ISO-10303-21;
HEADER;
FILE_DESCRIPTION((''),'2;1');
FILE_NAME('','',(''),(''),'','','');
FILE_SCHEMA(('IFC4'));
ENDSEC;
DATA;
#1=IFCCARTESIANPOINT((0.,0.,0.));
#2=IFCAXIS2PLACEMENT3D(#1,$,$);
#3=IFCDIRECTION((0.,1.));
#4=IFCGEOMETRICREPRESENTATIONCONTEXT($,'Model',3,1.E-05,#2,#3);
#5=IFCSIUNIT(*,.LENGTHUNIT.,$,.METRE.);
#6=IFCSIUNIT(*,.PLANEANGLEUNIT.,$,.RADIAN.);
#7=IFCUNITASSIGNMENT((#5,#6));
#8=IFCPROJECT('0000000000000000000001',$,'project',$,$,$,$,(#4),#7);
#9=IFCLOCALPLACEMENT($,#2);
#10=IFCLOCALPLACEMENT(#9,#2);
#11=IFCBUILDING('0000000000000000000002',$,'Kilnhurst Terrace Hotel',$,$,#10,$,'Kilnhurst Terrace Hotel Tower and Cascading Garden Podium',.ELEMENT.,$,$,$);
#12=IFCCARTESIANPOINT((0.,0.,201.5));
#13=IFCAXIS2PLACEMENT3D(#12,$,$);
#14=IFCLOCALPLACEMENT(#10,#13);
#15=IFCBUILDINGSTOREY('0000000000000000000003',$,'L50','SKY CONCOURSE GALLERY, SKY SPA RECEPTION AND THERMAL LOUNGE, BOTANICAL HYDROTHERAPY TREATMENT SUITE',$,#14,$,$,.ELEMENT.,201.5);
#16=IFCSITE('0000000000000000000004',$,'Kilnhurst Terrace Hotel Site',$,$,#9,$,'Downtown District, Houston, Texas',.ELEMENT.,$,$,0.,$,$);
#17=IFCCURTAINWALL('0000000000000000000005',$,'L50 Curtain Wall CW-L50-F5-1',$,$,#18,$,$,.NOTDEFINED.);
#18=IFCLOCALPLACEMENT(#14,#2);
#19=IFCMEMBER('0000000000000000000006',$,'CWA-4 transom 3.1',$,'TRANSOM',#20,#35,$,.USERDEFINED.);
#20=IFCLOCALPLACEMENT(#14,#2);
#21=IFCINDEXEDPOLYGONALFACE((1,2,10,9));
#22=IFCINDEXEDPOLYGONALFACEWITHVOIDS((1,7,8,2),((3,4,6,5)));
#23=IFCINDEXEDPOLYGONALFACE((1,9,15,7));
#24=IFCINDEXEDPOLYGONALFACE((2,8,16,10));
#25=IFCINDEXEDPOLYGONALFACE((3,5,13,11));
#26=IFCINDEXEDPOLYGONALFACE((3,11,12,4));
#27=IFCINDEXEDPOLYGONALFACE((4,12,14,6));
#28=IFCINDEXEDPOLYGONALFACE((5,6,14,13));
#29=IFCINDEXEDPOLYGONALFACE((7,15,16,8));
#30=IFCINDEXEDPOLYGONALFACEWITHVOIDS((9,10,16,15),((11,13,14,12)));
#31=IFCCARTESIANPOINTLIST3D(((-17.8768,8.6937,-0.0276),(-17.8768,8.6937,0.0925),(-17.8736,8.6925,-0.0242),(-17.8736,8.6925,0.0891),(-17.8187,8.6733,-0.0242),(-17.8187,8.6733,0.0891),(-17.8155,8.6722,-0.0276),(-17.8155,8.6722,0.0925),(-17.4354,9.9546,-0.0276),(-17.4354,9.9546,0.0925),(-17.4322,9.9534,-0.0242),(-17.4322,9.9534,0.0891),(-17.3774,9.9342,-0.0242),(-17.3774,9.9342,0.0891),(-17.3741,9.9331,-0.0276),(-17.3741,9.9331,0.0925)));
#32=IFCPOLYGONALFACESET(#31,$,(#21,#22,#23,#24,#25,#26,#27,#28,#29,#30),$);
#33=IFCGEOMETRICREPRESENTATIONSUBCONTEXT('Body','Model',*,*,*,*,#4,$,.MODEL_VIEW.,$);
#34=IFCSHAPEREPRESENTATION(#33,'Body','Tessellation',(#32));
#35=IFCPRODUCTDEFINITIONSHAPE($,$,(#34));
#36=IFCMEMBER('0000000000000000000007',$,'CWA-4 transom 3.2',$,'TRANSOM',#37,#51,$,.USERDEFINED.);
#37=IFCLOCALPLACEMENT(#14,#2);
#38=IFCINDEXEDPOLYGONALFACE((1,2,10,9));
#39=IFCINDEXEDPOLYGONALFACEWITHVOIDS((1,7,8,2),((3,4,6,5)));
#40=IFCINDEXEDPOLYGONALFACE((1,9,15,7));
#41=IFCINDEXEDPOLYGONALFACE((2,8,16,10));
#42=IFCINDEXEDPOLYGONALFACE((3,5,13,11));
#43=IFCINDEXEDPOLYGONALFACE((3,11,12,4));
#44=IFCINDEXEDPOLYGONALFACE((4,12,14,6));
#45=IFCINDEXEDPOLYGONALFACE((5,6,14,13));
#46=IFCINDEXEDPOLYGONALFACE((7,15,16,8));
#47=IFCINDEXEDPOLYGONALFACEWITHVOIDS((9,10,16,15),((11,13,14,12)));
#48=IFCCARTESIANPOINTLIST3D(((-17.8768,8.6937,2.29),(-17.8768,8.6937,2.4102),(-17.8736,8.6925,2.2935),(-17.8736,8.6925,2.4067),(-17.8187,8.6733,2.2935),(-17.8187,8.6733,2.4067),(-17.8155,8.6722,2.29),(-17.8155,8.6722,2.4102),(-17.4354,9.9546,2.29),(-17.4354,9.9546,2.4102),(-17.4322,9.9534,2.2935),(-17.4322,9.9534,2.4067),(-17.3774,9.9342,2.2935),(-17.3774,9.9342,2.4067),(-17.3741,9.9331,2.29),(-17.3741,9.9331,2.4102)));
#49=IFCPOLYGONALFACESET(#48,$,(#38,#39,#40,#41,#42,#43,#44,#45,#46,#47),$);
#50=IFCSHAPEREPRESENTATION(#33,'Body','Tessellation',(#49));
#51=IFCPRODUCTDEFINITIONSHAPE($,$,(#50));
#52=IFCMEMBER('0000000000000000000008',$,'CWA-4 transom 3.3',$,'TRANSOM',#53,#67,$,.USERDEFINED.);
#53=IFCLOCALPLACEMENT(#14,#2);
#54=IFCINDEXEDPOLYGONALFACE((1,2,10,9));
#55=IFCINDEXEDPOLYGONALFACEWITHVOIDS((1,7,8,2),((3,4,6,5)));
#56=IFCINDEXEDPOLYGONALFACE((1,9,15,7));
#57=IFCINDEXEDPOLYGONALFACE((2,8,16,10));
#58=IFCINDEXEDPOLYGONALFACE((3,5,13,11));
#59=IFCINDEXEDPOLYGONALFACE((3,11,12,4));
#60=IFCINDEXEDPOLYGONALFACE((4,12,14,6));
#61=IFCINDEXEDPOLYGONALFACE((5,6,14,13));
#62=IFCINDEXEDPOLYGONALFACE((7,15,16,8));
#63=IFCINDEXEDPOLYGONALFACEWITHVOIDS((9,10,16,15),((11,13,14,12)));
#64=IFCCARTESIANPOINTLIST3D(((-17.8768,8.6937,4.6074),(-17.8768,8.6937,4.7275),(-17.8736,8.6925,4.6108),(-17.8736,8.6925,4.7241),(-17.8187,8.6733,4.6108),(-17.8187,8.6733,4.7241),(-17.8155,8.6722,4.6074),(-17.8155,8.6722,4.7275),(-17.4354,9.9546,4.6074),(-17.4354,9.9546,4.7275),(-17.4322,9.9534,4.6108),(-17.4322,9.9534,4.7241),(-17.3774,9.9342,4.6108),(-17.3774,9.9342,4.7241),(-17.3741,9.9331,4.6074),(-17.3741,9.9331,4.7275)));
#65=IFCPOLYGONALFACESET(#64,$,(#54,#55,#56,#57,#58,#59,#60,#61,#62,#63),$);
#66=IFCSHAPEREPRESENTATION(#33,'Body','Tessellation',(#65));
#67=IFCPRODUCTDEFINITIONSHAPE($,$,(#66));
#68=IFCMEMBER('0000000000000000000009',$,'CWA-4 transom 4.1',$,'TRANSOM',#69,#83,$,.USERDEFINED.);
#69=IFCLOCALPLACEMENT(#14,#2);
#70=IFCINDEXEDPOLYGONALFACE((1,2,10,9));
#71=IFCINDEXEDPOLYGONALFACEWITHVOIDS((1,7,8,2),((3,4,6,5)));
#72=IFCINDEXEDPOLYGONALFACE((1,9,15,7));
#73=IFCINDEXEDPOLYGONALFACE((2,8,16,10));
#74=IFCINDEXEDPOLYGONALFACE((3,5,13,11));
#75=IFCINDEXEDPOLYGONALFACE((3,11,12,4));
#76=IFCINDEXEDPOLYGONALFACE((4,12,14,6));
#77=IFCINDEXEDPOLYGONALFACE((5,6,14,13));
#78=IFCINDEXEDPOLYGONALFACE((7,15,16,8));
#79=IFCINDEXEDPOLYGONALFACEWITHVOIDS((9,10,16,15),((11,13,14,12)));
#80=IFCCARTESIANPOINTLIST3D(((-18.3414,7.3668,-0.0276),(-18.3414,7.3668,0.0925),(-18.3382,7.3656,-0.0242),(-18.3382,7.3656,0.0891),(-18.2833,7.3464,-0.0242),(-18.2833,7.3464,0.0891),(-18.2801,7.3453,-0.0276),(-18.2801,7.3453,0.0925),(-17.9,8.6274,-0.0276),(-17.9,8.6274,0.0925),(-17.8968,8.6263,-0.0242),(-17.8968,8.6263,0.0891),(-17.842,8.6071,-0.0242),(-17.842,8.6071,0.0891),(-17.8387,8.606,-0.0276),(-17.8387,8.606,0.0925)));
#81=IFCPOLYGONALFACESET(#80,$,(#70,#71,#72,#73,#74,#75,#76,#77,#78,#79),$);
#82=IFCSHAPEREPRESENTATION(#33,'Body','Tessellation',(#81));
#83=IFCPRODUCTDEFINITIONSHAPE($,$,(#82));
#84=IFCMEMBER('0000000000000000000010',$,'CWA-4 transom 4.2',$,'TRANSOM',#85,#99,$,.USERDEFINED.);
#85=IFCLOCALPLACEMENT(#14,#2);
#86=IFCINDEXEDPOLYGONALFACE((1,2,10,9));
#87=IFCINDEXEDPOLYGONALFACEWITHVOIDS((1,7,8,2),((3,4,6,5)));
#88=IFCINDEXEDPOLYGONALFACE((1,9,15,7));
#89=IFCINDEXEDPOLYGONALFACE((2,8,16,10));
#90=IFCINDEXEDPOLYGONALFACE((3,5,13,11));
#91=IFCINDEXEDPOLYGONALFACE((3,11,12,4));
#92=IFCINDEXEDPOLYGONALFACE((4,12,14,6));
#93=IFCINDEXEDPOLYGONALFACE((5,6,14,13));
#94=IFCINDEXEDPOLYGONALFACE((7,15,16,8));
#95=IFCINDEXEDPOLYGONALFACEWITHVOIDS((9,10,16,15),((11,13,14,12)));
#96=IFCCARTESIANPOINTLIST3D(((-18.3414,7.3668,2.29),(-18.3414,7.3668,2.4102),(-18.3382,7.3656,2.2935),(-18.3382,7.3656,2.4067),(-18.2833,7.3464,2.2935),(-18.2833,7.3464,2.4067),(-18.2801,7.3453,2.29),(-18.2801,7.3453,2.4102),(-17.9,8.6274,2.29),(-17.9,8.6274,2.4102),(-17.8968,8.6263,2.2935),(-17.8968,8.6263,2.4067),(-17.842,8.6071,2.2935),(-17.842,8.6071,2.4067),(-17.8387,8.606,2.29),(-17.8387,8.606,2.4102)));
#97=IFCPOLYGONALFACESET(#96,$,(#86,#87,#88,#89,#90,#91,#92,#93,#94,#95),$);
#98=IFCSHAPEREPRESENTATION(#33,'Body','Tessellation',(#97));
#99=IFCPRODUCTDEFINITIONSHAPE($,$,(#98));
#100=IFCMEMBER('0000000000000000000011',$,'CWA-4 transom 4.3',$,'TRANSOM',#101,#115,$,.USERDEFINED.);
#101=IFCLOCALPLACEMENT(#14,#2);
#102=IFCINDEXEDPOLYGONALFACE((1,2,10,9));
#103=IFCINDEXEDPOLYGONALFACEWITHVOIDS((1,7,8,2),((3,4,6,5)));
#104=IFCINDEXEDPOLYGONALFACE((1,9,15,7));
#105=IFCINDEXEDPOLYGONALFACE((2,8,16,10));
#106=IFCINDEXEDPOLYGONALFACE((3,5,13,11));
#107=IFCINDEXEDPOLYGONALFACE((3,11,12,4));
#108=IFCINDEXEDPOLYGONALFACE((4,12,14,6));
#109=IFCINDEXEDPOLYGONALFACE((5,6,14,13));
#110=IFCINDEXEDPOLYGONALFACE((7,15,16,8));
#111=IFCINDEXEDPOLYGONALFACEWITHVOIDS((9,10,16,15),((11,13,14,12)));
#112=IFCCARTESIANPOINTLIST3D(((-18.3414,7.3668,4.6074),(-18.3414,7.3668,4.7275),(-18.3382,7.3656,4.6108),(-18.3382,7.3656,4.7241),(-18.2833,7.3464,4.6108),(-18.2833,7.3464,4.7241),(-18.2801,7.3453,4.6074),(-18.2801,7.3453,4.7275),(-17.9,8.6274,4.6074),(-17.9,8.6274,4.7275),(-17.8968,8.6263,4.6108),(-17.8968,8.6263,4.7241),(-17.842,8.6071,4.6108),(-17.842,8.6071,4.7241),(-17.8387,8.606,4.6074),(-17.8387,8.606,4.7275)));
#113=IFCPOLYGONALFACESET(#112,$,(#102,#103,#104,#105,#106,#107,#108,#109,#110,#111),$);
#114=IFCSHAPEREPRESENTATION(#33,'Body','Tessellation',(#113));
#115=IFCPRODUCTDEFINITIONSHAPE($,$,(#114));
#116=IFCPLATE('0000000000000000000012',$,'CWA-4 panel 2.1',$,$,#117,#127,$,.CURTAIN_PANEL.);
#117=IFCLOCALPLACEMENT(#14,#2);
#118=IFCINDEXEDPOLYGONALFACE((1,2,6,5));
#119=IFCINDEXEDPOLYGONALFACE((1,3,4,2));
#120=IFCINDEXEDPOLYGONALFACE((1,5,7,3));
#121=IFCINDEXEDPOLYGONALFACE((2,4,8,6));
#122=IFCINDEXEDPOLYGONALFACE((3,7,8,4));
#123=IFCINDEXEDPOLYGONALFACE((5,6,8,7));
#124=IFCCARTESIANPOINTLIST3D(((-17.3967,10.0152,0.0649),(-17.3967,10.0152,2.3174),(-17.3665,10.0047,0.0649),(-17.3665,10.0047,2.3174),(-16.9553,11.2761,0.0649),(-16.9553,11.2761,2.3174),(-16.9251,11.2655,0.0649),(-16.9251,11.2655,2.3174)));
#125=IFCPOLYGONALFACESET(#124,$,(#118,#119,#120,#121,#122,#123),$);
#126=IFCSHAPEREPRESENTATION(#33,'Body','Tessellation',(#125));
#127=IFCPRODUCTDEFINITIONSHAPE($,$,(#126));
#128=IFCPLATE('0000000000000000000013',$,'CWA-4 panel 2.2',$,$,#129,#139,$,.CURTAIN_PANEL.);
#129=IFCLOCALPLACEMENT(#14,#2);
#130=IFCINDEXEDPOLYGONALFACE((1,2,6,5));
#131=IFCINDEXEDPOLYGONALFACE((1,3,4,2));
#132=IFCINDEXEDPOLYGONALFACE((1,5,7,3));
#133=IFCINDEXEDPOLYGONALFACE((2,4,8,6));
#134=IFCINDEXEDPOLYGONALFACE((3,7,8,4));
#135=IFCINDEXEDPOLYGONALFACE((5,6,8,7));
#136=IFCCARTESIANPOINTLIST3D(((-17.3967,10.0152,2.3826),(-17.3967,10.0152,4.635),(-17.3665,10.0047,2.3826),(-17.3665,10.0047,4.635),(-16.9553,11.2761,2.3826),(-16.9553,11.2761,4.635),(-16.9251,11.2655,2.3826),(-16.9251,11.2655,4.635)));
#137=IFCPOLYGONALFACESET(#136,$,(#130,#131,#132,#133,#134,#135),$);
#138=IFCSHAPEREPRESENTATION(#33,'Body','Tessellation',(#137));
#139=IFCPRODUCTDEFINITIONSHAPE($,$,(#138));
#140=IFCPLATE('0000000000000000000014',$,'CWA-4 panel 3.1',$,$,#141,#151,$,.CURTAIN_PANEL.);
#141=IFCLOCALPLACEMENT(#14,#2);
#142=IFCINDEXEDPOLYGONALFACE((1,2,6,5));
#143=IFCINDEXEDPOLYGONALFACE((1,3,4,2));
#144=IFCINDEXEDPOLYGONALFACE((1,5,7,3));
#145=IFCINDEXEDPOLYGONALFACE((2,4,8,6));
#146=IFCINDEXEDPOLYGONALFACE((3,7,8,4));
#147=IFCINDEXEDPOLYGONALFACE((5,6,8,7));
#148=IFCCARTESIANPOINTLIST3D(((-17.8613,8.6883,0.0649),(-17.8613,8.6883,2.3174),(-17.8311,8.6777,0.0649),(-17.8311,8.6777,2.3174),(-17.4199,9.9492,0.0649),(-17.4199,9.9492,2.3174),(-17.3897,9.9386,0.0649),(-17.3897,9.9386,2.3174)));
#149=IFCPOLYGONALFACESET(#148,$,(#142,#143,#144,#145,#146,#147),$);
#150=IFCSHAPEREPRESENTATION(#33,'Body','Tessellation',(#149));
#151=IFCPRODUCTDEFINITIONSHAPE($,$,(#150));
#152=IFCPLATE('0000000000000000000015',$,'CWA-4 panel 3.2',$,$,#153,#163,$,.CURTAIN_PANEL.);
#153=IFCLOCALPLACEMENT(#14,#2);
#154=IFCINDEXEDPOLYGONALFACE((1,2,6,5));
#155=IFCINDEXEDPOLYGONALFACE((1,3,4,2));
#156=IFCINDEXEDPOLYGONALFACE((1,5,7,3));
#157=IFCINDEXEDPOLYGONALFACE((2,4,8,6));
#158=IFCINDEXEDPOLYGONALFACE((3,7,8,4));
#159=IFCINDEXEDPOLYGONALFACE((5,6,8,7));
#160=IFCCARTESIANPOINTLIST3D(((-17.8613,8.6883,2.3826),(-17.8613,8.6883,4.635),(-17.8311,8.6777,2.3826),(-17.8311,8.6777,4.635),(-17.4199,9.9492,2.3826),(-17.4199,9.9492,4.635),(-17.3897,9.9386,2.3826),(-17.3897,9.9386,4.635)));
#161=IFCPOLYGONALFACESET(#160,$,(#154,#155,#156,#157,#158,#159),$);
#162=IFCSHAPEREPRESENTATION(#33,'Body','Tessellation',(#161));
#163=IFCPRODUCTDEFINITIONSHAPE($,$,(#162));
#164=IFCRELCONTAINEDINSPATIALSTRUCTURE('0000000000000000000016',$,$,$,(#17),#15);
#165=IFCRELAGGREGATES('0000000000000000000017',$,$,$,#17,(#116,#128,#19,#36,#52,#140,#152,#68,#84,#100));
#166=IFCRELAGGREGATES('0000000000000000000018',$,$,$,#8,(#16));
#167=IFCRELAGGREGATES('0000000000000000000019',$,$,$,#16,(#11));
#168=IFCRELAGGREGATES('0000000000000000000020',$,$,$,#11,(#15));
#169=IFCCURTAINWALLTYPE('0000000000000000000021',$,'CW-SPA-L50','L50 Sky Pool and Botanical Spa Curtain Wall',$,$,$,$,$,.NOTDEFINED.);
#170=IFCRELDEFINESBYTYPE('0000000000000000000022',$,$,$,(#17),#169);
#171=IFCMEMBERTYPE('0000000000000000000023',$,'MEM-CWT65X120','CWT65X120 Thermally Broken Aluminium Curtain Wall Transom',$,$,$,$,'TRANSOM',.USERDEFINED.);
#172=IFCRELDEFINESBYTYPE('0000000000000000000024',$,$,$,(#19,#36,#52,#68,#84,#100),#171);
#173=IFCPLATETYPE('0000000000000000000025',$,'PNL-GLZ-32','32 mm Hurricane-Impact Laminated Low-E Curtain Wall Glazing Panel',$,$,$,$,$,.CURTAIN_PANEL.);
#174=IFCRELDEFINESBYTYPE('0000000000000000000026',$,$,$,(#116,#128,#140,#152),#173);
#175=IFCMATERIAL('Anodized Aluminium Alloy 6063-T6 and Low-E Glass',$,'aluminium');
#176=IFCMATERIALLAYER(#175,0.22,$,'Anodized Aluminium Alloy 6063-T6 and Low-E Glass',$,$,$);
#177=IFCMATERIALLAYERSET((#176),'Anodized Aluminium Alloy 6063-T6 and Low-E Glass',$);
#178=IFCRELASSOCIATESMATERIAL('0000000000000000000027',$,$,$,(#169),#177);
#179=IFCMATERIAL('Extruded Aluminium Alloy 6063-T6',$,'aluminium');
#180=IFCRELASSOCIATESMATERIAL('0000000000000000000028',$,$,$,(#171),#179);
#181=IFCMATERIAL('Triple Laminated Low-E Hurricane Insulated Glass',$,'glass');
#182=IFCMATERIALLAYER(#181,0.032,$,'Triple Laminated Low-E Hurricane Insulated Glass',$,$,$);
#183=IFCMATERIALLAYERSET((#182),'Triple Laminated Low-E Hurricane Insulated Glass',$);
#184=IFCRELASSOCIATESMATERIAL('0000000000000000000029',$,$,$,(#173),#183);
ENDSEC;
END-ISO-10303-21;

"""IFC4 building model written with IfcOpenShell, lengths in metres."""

from ifc_helpers import new_model, si_unit, direction, frame, origin, origin_2d, place, context, subcontext, project, spatial, rectangle, hollow_rectangle, extrude, material, layer, layer_set, material_profile, profile_set, type_object, element, aggregate, save


model = new_model("IFC4")

# Units and contexts
model_context = context("Model", 3, precision=1e-05, world=origin(), true_north=direction((0.0, 1.0)))
body_context = subcontext(model_context, "Body", "Model", "MODEL_VIEW")
ifc_project = project(units=[si_unit("LENGTHUNIT", "METRE"), si_unit("PLANEANGLEUNIT", "RADIAN")], contexts=[model_context])

# Site, building, storey
site_placement = place(None, origin())
site = spatial("IfcSite", under=ifc_project, at=site_placement, Name="Kilnhurst Terrace Hotel Site", LongName="Downtown District, Houston, Texas", CompositionType="ELEMENT", RefElevation=0.0)
building_placement = place(site_placement, origin())
building = spatial("IfcBuilding", under=site, at=building_placement, Name="Kilnhurst Terrace Hotel", LongName="Kilnhurst Terrace Hotel Tower and Cascading Garden Podium", CompositionType="ELEMENT")
storey_placement = place(building_placement, frame((0.0, 0.0, 201.5)))
storey = spatial("IfcBuildingStorey", under=building, at=storey_placement, Name="L50", Description="SKY CONCOURSE GALLERY, SKY SPA RECEPTION AND THERMAL LOUNGE, BOTANICAL HYDROTHERAPY TREATMENT SUITE", CompositionType="ELEMENT", Elevation=201.5)

# Curtain wall, members, plates
ifc_material_1 = material(Name="Anodized Aluminium Alloy 6063-T6 and Low-E Glass", Category="aluminium")
ifc_layer_1 = layer(ifc_material_1, 0.22, Name="Anodized Aluminium Alloy 6063-T6 and Low-E Glass")
ifc_layer_set_1 = layer_set([ifc_layer_1], Name="Anodized Aluminium Alloy 6063-T6 and Low-E Glass")
curtain_wall_type = type_object("IfcCurtainWallType", Name="CW-SPA-L50", Description="L50 Sky Pool and Botanical Spa Curtain Wall", PredefinedType="NOTDEFINED", material=ifc_layer_set_1)
curtain_wall_placement = place(storey_placement, origin())
curtain_wall = element("IfcCurtainWall", 1, at=curtain_wall_placement, inside=storey, type_object=curtain_wall_type, Name="L50 Curtain Wall CW-L50-F5-1", PredefinedType="NOTDEFINED")
ifc_material_2 = material(Name="Extruded Aluminium Alloy 6063-T6", Category="aluminium")
ifc_material_profile_1 = material_profile(ifc_material_2, hollow_rectangle(XDim=0.0649, YDim=0.1201, WallThickness=0.0034, at=origin_2d()), Name="CWT65X120")
ifc_profile_set_1 = profile_set([ifc_material_profile_1], Name="Extruded Aluminium Alloy 6063-T6")
member_type_1 = type_object("IfcMemberType", Name="MEM-CWT65X120", Description="CWT65X120 Thermally Broken Aluminium Curtain Wall Transom", ElementType="TRANSOM", PredefinedType="USERDEFINED", material=ifc_profile_set_1)
member_1_placement = place(storey_placement, frame((-17.4048, 9.9438, 0.0325), z_axis=(-0.330391, -0.943844, 0.0), x_axis=(0.943844, -0.330391, 0.0)))
member_1 = element("IfcMember", 2, at=member_1_placement, type_object=member_type_1, Name="CWA-4 transom 3.1", ObjectType="TRANSOM", PredefinedType="USERDEFINED", context=body_context, shape_type="SweptSolid", body=[
    extrude(hollow_rectangle(XDim=0.0649, YDim=0.1201, WallThickness=0.0034, at=origin_2d()), origin(), (0.0, 0.0, 1.0), 1.3359),
])
member_2_placement = place(storey_placement, frame((-17.4048, 9.9438, 2.3501), z_axis=(-0.330391, -0.943844, 0.0), x_axis=(0.943844, -0.330391, 0.0)))
member_2 = element("IfcMember", 3, at=member_2_placement, type_object=member_type_1, Name="CWA-4 transom 3.2", ObjectType="TRANSOM", PredefinedType="USERDEFINED", context=body_context, shape_type="SweptSolid", body=[
    extrude(hollow_rectangle(XDim=0.0649, YDim=0.1201, WallThickness=0.0034, at=origin_2d()), origin(), (0.0, 0.0, 1.0), 1.3359),
])
member_3_placement = place(storey_placement, frame((-17.4048, 9.9438, 4.6675), z_axis=(-0.330391, -0.943844, 0.0), x_axis=(0.943844, -0.330391, 0.0)))
member_3 = element("IfcMember", 4, at=member_3_placement, type_object=member_type_1, Name="CWA-4 transom 3.3", ObjectType="TRANSOM", PredefinedType="USERDEFINED", context=body_context, shape_type="SweptSolid", body=[
    extrude(hollow_rectangle(XDim=0.0649, YDim=0.1201, WallThickness=0.0034, at=origin_2d()), origin(), (0.0, 0.0, 1.0), 1.3359),
])
member_4_placement = place(storey_placement, frame((-17.8694, 8.6167, 0.0325), z_axis=(-0.330448, -0.943824, 0.0), x_axis=(0.943824, -0.330448, 0.0)))
member_4 = element("IfcMember", 5, at=member_4_placement, type_object=member_type_1, Name="CWA-4 transom 4.1", ObjectType="TRANSOM", PredefinedType="USERDEFINED", context=body_context, shape_type="SweptSolid", body=[
    extrude(hollow_rectangle(XDim=0.0649, YDim=0.1201, WallThickness=0.0034, at=origin_2d()), origin(), (0.0, 0.0, 1.0), 1.3357),
])
member_5_placement = place(storey_placement, frame((-17.8694, 8.6167, 2.3501), z_axis=(-0.330448, -0.943824, 0.0), x_axis=(0.943824, -0.330448, 0.0)))
member_5 = element("IfcMember", 6, at=member_5_placement, type_object=member_type_1, Name="CWA-4 transom 4.2", ObjectType="TRANSOM", PredefinedType="USERDEFINED", context=body_context, shape_type="SweptSolid", body=[
    extrude(hollow_rectangle(XDim=0.0649, YDim=0.1201, WallThickness=0.0034, at=origin_2d()), origin(), (0.0, 0.0, 1.0), 1.3357),
])
member_6_placement = place(storey_placement, frame((-17.8694, 8.6167, 4.6675), z_axis=(-0.330448, -0.943824, 0.0), x_axis=(0.943824, -0.330448, 0.0)))
member_6 = element("IfcMember", 7, at=member_6_placement, type_object=member_type_1, Name="CWA-4 transom 4.3", ObjectType="TRANSOM", PredefinedType="USERDEFINED", context=body_context, shape_type="SweptSolid", body=[
    extrude(hollow_rectangle(XDim=0.0649, YDim=0.1201, WallThickness=0.0034, at=origin_2d()), origin(), (0.0, 0.0, 1.0), 1.3357),
])
ifc_material_3 = material(Name="Triple Laminated Low-E Hurricane Insulated Glass", Category="glass")
ifc_layer_2 = layer(ifc_material_3, 0.032, Name="Triple Laminated Low-E Hurricane Insulated Glass")
ifc_layer_set_2 = layer_set([ifc_layer_2], Name="Triple Laminated Low-E Hurricane Insulated Glass")
plate_type = type_object("IfcPlateType", Name="PNL-GLZ-32", Description="32 mm Hurricane-Impact Laminated Low-E Curtain Wall Glazing Panel", PredefinedType="CURTAIN_PANEL", material=ifc_layer_set_2)
plate_1_placement = place(storey_placement, frame((-17.1609, 10.6404, 0.0649), z_axis=(0.0, 0.0, 1.0), x_axis=(-0.330442, -0.943826, 0.0)))
plate_1 = element("IfcPlate", 8, at=plate_1_placement, type_object=plate_type, Name="CWA-4 panel 2.1", PredefinedType="CURTAIN_PANEL", context=body_context, shape_type="SweptSolid", body=[
    extrude(rectangle(XDim=1.3359, YDim=0.032, at=origin_2d()), origin(), (0.0, 0.0, 1.0), 2.2524),
])
plate_2_placement = place(storey_placement, frame((-17.1609, 10.6404, 2.3826), z_axis=(0.0, 0.0, 1.0), x_axis=(-0.330442, -0.943826, 0.0)))
plate_2 = element("IfcPlate", 9, at=plate_2_placement, type_object=plate_type, Name="CWA-4 panel 2.2", PredefinedType="CURTAIN_PANEL", context=body_context, shape_type="SweptSolid", body=[
    extrude(rectangle(XDim=1.3359, YDim=0.032, at=origin_2d()), origin(), (0.0, 0.0, 1.0), 2.2524),
])
plate_3_placement = place(storey_placement, frame((-17.6255, 9.3135, 0.0649), z_axis=(0.0, 0.0, 1.0), x_axis=(-0.330442, -0.943826, 0.0)))
plate_3 = element("IfcPlate", 10, at=plate_3_placement, type_object=plate_type, Name="CWA-4 panel 3.1", PredefinedType="CURTAIN_PANEL", context=body_context, shape_type="SweptSolid", body=[
    extrude(rectangle(XDim=1.3359, YDim=0.032, at=origin_2d()), origin(), (0.0, 0.0, 1.0), 2.2524),
])
plate_4_placement = place(storey_placement, frame((-17.6255, 9.3135, 2.3826), z_axis=(0.0, 0.0, 1.0), x_axis=(-0.330442, -0.943826, 0.0)))
plate_4 = element("IfcPlate", 11, at=plate_4_placement, type_object=plate_type, Name="CWA-4 panel 3.2", PredefinedType="CURTAIN_PANEL", context=body_context, shape_type="SweptSolid", body=[
    extrude(rectangle(XDim=1.3359, YDim=0.032, at=origin_2d()), origin(), (0.0, 0.0, 1.0), 2.2524),
])
aggregate(curtain_wall, [plate_1, plate_2, member_1, member_2, member_3, plate_3, plate_4, member_4, member_5, member_6])

save(model, "model.ifc")
